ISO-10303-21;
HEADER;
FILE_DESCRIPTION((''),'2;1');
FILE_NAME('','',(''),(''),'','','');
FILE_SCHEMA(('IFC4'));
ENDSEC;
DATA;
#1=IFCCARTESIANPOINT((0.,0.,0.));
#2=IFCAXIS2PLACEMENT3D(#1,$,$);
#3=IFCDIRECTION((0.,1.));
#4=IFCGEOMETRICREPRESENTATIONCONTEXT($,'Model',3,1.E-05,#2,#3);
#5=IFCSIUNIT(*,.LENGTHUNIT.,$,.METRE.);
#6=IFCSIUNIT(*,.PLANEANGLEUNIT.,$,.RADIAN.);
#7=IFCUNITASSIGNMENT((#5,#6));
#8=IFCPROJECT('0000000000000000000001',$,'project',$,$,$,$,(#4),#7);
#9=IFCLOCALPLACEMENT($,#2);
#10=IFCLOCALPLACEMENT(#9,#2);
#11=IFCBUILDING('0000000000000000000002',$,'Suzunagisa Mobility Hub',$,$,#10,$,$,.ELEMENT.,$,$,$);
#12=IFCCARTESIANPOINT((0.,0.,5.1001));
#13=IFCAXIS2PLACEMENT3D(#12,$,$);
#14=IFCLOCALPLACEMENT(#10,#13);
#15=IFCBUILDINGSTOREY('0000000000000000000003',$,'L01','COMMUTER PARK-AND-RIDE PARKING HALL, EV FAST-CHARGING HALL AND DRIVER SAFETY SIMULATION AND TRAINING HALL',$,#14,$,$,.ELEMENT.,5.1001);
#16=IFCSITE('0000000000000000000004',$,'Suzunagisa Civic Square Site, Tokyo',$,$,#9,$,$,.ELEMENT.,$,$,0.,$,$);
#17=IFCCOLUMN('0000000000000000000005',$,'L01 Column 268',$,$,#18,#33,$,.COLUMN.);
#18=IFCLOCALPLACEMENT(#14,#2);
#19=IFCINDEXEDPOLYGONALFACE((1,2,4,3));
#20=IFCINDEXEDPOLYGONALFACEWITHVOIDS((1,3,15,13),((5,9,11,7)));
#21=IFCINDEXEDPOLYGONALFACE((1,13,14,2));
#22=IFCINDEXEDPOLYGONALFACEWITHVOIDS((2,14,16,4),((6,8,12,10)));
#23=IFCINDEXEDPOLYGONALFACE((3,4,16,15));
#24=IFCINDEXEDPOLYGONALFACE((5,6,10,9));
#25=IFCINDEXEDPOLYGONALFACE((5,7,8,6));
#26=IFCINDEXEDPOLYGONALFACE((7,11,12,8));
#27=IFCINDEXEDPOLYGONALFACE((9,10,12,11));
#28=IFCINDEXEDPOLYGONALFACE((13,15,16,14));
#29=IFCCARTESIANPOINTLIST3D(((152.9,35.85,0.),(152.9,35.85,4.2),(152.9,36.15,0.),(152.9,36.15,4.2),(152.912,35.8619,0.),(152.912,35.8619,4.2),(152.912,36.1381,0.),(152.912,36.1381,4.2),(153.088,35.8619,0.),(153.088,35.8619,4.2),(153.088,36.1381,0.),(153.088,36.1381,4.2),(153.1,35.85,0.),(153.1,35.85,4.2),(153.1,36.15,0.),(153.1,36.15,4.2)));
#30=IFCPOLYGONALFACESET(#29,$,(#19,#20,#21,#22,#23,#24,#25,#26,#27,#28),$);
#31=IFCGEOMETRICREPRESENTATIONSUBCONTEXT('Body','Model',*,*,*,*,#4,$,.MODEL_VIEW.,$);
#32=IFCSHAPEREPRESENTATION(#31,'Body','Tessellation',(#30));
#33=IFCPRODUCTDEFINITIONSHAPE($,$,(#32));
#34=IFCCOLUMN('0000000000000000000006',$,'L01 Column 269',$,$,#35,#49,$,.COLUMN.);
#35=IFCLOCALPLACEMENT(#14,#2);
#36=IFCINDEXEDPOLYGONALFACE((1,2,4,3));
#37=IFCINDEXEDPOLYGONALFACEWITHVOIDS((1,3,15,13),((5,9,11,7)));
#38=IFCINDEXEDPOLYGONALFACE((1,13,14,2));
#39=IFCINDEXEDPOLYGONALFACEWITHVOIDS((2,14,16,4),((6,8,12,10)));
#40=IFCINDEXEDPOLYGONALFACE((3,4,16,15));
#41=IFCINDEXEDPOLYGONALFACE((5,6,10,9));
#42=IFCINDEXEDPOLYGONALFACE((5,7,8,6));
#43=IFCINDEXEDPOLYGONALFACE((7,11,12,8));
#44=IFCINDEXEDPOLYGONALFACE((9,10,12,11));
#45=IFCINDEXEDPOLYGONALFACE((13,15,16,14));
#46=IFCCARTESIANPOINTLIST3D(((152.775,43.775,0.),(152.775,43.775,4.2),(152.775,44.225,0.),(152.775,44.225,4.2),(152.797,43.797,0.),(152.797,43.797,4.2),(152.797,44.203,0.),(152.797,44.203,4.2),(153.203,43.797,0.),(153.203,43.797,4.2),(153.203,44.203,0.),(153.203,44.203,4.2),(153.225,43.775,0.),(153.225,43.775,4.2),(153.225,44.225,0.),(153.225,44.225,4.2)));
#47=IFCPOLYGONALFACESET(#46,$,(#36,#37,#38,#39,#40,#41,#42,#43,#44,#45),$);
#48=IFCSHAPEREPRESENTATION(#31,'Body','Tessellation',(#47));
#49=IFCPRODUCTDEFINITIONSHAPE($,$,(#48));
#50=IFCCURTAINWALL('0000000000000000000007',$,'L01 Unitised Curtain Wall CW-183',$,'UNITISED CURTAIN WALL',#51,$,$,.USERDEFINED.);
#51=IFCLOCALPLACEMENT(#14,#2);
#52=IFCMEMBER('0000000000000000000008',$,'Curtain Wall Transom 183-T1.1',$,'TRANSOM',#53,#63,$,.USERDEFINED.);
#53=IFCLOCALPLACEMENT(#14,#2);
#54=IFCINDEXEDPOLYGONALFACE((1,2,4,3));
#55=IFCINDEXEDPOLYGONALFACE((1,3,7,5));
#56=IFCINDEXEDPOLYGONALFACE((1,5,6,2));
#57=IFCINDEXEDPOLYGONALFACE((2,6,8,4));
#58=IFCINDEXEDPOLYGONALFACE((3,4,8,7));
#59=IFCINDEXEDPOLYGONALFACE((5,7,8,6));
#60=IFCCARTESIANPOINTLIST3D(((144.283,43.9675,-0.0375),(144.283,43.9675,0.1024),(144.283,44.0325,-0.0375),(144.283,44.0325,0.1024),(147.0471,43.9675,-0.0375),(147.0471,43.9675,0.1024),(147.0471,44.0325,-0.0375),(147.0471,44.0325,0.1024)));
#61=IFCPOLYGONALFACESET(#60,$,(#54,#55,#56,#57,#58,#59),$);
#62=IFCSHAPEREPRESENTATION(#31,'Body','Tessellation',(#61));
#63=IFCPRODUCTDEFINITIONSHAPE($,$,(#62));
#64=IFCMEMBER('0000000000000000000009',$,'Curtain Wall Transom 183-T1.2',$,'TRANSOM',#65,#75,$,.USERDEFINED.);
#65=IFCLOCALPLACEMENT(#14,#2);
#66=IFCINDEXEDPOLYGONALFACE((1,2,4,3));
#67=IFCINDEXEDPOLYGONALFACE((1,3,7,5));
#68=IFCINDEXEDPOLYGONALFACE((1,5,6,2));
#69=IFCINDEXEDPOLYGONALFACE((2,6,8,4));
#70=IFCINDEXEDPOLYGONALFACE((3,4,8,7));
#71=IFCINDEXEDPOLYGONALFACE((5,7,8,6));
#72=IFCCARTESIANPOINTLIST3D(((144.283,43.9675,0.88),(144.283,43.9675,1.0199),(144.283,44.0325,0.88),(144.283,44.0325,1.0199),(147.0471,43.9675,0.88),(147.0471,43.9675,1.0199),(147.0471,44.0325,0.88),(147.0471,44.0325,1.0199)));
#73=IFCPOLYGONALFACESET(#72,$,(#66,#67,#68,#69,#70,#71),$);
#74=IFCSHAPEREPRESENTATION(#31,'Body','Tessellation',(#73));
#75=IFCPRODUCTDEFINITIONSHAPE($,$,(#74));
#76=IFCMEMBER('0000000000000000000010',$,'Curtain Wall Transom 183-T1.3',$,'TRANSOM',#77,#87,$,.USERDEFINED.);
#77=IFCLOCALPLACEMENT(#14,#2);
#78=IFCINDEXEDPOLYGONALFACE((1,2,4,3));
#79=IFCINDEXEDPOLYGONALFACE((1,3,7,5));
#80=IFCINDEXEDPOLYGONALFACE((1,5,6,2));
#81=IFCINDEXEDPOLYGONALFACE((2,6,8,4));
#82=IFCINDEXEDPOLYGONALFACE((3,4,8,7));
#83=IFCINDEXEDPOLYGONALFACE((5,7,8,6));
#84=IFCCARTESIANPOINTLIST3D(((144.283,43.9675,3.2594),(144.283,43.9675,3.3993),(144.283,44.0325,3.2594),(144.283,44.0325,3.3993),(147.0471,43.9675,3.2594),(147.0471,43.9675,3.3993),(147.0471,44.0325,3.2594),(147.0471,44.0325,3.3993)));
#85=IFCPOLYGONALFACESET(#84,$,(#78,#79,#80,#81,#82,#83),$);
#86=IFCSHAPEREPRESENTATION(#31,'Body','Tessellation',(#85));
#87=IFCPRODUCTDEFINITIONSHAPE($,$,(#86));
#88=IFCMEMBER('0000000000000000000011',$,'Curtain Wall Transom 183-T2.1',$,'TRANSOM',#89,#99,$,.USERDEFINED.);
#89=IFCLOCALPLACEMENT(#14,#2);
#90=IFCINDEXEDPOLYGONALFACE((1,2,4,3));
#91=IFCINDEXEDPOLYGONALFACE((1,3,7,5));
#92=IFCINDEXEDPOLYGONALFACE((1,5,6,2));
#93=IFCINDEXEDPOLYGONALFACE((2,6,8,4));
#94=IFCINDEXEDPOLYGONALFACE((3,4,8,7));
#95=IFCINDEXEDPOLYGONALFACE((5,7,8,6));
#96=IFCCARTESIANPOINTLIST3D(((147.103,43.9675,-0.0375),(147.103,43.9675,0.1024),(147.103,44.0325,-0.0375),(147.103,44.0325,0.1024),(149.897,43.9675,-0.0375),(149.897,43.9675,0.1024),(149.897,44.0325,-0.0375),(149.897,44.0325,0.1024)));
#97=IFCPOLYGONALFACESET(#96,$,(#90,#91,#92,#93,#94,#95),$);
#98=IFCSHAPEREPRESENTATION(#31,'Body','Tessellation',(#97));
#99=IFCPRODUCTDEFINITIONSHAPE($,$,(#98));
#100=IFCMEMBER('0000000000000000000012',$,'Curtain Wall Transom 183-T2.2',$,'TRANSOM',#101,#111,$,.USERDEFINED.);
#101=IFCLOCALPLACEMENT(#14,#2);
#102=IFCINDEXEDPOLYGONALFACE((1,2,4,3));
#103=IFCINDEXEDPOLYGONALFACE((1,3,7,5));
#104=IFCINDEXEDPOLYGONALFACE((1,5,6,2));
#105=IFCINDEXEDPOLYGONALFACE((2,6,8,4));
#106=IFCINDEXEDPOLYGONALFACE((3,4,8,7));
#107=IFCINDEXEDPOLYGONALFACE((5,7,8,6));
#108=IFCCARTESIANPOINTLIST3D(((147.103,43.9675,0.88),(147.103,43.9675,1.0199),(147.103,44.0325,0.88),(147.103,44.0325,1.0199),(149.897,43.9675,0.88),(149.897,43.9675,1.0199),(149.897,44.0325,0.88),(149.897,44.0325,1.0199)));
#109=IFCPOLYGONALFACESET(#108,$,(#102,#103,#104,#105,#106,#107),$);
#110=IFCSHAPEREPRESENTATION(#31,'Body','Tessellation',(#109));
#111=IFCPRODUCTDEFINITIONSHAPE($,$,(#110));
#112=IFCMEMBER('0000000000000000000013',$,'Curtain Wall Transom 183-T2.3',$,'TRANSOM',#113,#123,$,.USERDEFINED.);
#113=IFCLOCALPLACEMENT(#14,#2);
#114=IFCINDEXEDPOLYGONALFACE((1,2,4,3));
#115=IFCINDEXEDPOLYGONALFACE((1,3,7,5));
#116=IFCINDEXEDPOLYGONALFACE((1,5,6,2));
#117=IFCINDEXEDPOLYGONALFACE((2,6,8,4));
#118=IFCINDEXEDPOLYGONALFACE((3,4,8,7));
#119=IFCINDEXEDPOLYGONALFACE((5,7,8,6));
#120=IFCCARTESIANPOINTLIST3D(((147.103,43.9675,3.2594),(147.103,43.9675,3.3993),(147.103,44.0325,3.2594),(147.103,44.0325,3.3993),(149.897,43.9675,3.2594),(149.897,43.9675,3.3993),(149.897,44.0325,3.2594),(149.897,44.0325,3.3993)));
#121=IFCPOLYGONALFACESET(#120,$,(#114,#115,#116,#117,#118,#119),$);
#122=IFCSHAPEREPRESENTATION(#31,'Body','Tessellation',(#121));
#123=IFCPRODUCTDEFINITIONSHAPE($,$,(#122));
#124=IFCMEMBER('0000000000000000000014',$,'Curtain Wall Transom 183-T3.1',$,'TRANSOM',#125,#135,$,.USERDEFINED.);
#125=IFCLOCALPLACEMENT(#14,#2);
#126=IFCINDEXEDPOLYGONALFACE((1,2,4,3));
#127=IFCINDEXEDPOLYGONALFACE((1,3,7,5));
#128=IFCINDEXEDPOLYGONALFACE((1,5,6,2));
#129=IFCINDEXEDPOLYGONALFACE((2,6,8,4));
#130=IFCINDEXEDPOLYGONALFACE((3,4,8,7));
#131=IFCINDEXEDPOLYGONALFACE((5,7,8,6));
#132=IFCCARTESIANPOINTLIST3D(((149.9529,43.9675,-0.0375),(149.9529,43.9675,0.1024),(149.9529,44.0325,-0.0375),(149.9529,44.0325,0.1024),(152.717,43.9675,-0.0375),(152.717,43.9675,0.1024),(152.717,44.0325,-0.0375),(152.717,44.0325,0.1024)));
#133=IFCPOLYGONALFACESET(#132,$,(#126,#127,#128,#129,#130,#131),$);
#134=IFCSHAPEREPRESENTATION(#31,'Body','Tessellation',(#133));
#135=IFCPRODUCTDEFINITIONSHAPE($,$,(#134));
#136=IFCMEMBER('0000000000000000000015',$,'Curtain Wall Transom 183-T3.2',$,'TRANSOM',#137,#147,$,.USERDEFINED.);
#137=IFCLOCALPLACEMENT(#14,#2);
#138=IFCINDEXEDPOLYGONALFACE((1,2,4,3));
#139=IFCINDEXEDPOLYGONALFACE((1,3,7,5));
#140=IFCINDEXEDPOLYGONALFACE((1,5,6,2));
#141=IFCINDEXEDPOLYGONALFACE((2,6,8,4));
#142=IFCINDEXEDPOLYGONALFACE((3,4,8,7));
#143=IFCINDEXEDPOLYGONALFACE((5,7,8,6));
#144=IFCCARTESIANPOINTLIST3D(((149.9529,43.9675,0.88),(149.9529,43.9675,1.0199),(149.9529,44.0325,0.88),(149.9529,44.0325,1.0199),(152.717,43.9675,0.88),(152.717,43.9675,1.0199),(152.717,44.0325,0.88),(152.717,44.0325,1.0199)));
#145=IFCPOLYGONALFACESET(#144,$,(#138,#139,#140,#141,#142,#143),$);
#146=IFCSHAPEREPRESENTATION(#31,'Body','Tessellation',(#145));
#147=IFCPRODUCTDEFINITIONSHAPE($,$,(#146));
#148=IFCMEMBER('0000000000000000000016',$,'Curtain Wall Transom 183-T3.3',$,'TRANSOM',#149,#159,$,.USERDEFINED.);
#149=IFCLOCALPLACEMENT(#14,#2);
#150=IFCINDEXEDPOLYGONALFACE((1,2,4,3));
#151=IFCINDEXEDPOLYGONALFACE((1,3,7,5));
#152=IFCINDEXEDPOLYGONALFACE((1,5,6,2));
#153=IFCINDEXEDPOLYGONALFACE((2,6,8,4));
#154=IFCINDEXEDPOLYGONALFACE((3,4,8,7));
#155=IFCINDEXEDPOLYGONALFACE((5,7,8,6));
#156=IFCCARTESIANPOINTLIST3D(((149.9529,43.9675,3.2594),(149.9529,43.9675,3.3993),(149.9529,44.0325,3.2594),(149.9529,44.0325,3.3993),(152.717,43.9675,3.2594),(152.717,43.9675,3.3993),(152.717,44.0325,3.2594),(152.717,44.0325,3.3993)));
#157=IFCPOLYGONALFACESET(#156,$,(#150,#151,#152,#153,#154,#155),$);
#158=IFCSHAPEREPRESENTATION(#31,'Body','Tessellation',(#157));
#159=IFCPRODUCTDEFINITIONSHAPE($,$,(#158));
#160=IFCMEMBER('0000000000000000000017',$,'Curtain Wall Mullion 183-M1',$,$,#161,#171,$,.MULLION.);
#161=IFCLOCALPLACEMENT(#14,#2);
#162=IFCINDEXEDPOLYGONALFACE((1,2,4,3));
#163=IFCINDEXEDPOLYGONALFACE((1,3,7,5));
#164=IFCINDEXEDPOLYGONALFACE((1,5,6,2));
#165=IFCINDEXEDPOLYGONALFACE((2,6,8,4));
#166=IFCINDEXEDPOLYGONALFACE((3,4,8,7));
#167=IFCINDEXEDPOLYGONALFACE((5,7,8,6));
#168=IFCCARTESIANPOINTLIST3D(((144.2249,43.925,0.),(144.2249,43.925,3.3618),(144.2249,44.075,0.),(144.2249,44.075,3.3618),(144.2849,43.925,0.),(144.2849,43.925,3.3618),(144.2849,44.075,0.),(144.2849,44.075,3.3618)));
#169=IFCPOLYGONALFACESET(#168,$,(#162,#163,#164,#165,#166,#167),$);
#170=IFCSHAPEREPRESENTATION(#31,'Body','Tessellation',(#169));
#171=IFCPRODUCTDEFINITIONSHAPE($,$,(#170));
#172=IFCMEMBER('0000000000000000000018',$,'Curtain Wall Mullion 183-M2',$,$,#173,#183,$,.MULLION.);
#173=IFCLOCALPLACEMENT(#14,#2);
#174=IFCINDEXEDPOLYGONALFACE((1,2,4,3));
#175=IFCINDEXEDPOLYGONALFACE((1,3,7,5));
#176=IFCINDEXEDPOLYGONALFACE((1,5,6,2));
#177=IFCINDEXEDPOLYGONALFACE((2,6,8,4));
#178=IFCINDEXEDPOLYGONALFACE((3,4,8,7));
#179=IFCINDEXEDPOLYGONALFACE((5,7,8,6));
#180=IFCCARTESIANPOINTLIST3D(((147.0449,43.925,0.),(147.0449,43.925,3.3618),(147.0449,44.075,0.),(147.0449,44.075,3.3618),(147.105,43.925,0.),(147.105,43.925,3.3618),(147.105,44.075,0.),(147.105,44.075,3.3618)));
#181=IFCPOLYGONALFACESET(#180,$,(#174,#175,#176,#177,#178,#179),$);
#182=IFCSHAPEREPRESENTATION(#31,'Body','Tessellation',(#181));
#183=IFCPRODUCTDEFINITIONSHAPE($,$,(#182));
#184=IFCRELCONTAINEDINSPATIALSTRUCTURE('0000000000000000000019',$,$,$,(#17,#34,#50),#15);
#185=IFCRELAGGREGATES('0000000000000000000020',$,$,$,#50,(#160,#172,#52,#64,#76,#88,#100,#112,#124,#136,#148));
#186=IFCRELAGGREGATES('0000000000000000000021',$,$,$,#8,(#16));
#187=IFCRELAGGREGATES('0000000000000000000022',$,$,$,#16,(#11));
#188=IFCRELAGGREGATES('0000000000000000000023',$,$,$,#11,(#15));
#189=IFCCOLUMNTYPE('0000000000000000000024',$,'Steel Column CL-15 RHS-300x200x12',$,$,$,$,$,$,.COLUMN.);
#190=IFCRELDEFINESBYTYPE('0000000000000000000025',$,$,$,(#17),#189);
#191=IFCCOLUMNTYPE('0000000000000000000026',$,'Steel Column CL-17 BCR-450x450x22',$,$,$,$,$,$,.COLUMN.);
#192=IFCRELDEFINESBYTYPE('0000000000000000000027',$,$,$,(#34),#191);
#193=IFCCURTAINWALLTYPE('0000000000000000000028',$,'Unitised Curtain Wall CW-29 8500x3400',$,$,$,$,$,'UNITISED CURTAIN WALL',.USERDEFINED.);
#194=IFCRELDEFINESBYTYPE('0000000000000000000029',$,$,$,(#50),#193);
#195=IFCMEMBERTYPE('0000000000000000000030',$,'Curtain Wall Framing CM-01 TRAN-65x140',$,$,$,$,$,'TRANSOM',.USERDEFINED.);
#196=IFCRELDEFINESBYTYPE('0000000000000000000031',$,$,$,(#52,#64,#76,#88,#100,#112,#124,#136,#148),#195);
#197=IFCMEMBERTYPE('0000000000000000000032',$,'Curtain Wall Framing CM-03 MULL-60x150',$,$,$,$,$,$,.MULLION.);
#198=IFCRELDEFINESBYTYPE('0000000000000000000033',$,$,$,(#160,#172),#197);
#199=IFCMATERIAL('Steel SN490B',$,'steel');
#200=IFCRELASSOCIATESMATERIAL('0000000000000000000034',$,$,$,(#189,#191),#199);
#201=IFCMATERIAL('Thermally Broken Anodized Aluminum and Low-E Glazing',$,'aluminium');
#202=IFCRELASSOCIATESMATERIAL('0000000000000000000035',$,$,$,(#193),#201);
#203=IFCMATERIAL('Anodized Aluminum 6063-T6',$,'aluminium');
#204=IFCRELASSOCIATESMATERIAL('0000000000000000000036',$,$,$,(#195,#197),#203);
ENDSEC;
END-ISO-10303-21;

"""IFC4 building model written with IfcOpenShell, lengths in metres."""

from ifc_helpers import new_model, si_unit, direction, frame, origin, origin_2d, place, context, subcontext, project, spatial, rectangle, hollow_rectangle, extrude, material, material_profile, profile_set, type_object, element, aggregate, save


model = new_model("IFC4")

# Units and contexts
model_context = context("Model", 3, precision=1e-05, world=origin(), true_north=direction((0.0, 1.0)))
body_context = subcontext(model_context, "Body", "Model", "MODEL_VIEW")
ifc_project = project(units=[si_unit("LENGTHUNIT", "METRE"), si_unit("PLANEANGLEUNIT", "RADIAN")], contexts=[model_context])

# Site, building, storey
site_placement = place(None, origin())
site = spatial("IfcSite", under=ifc_project, at=site_placement, Name="Suzunagisa Civic Square Site, Tokyo", CompositionType="ELEMENT", RefElevation=0.0)
building_placement = place(site_placement, origin())
building = spatial("IfcBuilding", under=site, at=building_placement, Name="Suzunagisa Mobility Hub", CompositionType="ELEMENT")
storey_placement = place(building_placement, frame((0.0, 0.0, 5.1001)))
storey = spatial("IfcBuildingStorey", under=building, at=storey_placement, Name="L01", Description="COMMUTER PARK-AND-RIDE PARKING HALL, EV FAST-CHARGING HALL AND DRIVER SAFETY SIMULATION AND TRAINING HALL", CompositionType="ELEMENT", Elevation=5.1001)

# Columns
ifc_material_1 = material(Name="Steel SN490B", Category="steel")
ifc_material_profile_1 = material_profile(ifc_material_1, hollow_rectangle(XDim=0.2, YDim=0.3, WallThickness=0.012, at=origin_2d()), Name="RHS-300x200x12")
ifc_profile_set_1 = profile_set([ifc_material_profile_1], Name="Steel SN490B")
column_type_1 = type_object("IfcColumnType", Name="Steel Column CL-15 RHS-300x200x12", PredefinedType="COLUMN", material=ifc_profile_set_1)
column_1_placement = place(storey_placement, frame((153.0, 36.0, 0.0), z_axis=(0.0, 0.0, 1.0), x_axis=(1.0, 0.0, 0.0)))
element("IfcColumn", 1, at=column_1_placement, inside=storey, type_object=column_type_1, Name="L01 Column 268", PredefinedType="COLUMN", context=body_context, shape_type="SweptSolid", body=[
    extrude(hollow_rectangle(XDim=0.2, YDim=0.3, WallThickness=0.012, at=origin_2d()), origin(), (0.0, 0.0, 1.0), 4.2),
])
ifc_material_profile_2 = material_profile(ifc_material_1, hollow_rectangle(XDim=0.45, YDim=0.45, WallThickness=0.022, at=origin_2d()), Name="BCR-450x450x22")
ifc_profile_set_2 = profile_set([ifc_material_profile_2], Name="Steel SN490B")
column_type_2 = type_object("IfcColumnType", Name="Steel Column CL-17 BCR-450x450x22", PredefinedType="COLUMN", material=ifc_profile_set_2)
column_2_placement = place(storey_placement, frame((153.0, 44.0, 0.0), z_axis=(0.0, 0.0, 1.0), x_axis=(1.0, 0.0, 0.0)))
element("IfcColumn", 2, at=column_2_placement, inside=storey, type_object=column_type_2, Name="L01 Column 269", PredefinedType="COLUMN", context=body_context, shape_type="SweptSolid", body=[
    extrude(hollow_rectangle(XDim=0.45, YDim=0.45, WallThickness=0.022, at=origin_2d()), origin(), (0.0, 0.0, 1.0), 4.2),
])

# Curtain wall, members
ifc_material_2 = material(Name="Thermally Broken Anodized Aluminum and Low-E Glazing", Category="aluminium")
curtain_wall_type = type_object("IfcCurtainWallType", Name="Unitised Curtain Wall CW-29 8500x3400", ElementType="UNITISED CURTAIN WALL", PredefinedType="USERDEFINED", material=ifc_material_2)
curtain_wall_placement = place(storey_placement, origin())
curtain_wall = element("IfcCurtainWall", 3, at=curtain_wall_placement, inside=storey, type_object=curtain_wall_type, Name="L01 Unitised Curtain Wall CW-183", ObjectType="UNITISED CURTAIN WALL", PredefinedType="USERDEFINED")
ifc_material_3 = material(Name="Anodized Aluminum 6063-T6", Category="aluminium")
ifc_material_profile_3 = material_profile(ifc_material_3, rectangle(XDim=0.0649, YDim=0.1399, at=origin_2d()), Name="TRAN-65x140")
ifc_profile_set_3 = profile_set([ifc_material_profile_3], Name="Anodized Aluminum 6063-T6")
member_type_1 = type_object("IfcMemberType", Name="Curtain Wall Framing CM-01 TRAN-65x140", ElementType="TRANSOM", PredefinedType="USERDEFINED", material=ifc_profile_set_3)
member_1_placement = place(storey_placement, frame((144.283, 44.0, 0.0325), z_axis=(1.0, 0.0, 0.0), x_axis=(0.0, 1.0, 0.0)))
member_1 = element("IfcMember", 4, at=member_1_placement, type_object=member_type_1, Name="Curtain Wall Transom 183-T1.1", ObjectType="TRANSOM", PredefinedType="USERDEFINED", context=body_context, shape_type="SweptSolid", body=[
    extrude(rectangle(XDim=0.0649, YDim=0.1399, at=origin_2d()), origin(), (0.0, 0.0, 1.0), 2.7642),
])
member_2_placement = place(storey_placement, frame((144.283, 44.0, 0.95), z_axis=(1.0, 0.0, 0.0), x_axis=(0.0, 1.0, 0.0)))
member_2 = element("IfcMember", 5, at=member_2_placement, type_object=member_type_1, Name="Curtain Wall Transom 183-T1.2", ObjectType="TRANSOM", PredefinedType="USERDEFINED", context=body_context, shape_type="SweptSolid", body=[
    extrude(rectangle(XDim=0.0649, YDim=0.1399, at=origin_2d()), origin(), (0.0, 0.0, 1.0), 2.7642),
])
member_3_placement = place(storey_placement, frame((144.283, 44.0, 3.3293), z_axis=(1.0, 0.0, 0.0), x_axis=(0.0, 1.0, 0.0)))
member_3 = element("IfcMember", 6, at=member_3_placement, type_object=member_type_1, Name="Curtain Wall Transom 183-T1.3", ObjectType="TRANSOM", PredefinedType="USERDEFINED", context=body_context, shape_type="SweptSolid", body=[
    extrude(rectangle(XDim=0.0649, YDim=0.1399, at=origin_2d()), origin(), (0.0, 0.0, 1.0), 2.7642),
])
member_4_placement = place(storey_placement, frame((147.103, 44.0, 0.0325), z_axis=(1.0, 0.0, 0.0), x_axis=(0.0, 1.0, 0.0)))
member_4 = element("IfcMember", 7, at=member_4_placement, type_object=member_type_1, Name="Curtain Wall Transom 183-T2.1", ObjectType="TRANSOM", PredefinedType="USERDEFINED", context=body_context, shape_type="SweptSolid", body=[
    extrude(rectangle(XDim=0.0649, YDim=0.1399, at=origin_2d()), origin(), (0.0, 0.0, 1.0), 2.7939),
])
member_5_placement = place(storey_placement, frame((147.103, 44.0, 0.95), z_axis=(1.0, 0.0, 0.0), x_axis=(0.0, 1.0, 0.0)))
member_5 = element("IfcMember", 8, at=member_5_placement, type_object=member_type_1, Name="Curtain Wall Transom 183-T2.2", ObjectType="TRANSOM", PredefinedType="USERDEFINED", context=body_context, shape_type="SweptSolid", body=[
    extrude(rectangle(XDim=0.0649, YDim=0.1399, at=origin_2d()), origin(), (0.0, 0.0, 1.0), 2.7939),
])
member_6_placement = place(storey_placement, frame((147.103, 44.0, 3.3293), z_axis=(1.0, 0.0, 0.0), x_axis=(0.0, 1.0, 0.0)))
member_6 = element("IfcMember", 9, at=member_6_placement, type_object=member_type_1, Name="Curtain Wall Transom 183-T2.3", ObjectType="TRANSOM", PredefinedType="USERDEFINED", context=body_context, shape_type="SweptSolid", body=[
    extrude(rectangle(XDim=0.0649, YDim=0.1399, at=origin_2d()), origin(), (0.0, 0.0, 1.0), 2.7939),
])
member_7_placement = place(storey_placement, frame((149.9529, 44.0, 0.0325), z_axis=(1.0, 0.0, 0.0), x_axis=(0.0, 1.0, 0.0)))
member_7 = element("IfcMember", 10, at=member_7_placement, type_object=member_type_1, Name="Curtain Wall Transom 183-T3.1", ObjectType="TRANSOM", PredefinedType="USERDEFINED", context=body_context, shape_type="SweptSolid", body=[
    extrude(rectangle(XDim=0.0649, YDim=0.1399, at=origin_2d()), origin(), (0.0, 0.0, 1.0), 2.7642),
])
member_8_placement = place(storey_placement, frame((149.9529, 44.0, 0.95), z_axis=(1.0, 0.0, 0.0), x_axis=(0.0, 1.0, 0.0)))
member_8 = element("IfcMember", 11, at=member_8_placement, type_object=member_type_1, Name="Curtain Wall Transom 183-T3.2", ObjectType="TRANSOM", PredefinedType="USERDEFINED", context=body_context, shape_type="SweptSolid", body=[
    extrude(rectangle(XDim=0.0649, YDim=0.1399, at=origin_2d()), origin(), (0.0, 0.0, 1.0), 2.7642),
])
member_9_placement = place(storey_placement, frame((149.9529, 44.0, 3.3293), z_axis=(1.0, 0.0, 0.0), x_axis=(0.0, 1.0, 0.0)))
member_9 = element("IfcMember", 12, at=member_9_placement, type_object=member_type_1, Name="Curtain Wall Transom 183-T3.3", ObjectType="TRANSOM", PredefinedType="USERDEFINED", context=body_context, shape_type="SweptSolid", body=[
    extrude(rectangle(XDim=0.0649, YDim=0.1399, at=origin_2d()), origin(), (0.0, 0.0, 1.0), 2.7642),
])
ifc_material_profile_4 = material_profile(ifc_material_3, rectangle(XDim=0.0601, YDim=0.1499, at=origin_2d()), Name="MULL-60x150")
ifc_profile_set_4 = profile_set([ifc_material_profile_4], Name="Anodized Aluminum 6063-T6")
member_type_2 = type_object("IfcMemberType", Name="Curtain Wall Framing CM-03 MULL-60x150", PredefinedType="MULLION", material=ifc_profile_set_4)
member_10_placement = place(storey_placement, frame((144.2549, 44.0, 0.0), z_axis=(0.0, 0.0, 1.0), x_axis=(1.0, 0.0, 0.0)))
member_10 = element("IfcMember", 13, at=member_10_placement, type_object=member_type_2, Name="Curtain Wall Mullion 183-M1", PredefinedType="MULLION", context=body_context, shape_type="SweptSolid", body=[
    extrude(rectangle(XDim=0.0601, YDim=0.1499, at=origin_2d()), origin(), (0.0, 0.0, 1.0), 3.3618),
])
member_11_placement = place(storey_placement, frame((147.075, 44.0, 0.0), z_axis=(0.0, 0.0, 1.0), x_axis=(1.0, 0.0, 0.0)))
member_11 = element("IfcMember", 14, at=member_11_placement, type_object=member_type_2, Name="Curtain Wall Mullion 183-M2", PredefinedType="MULLION", context=body_context, shape_type="SweptSolid", body=[
    extrude(rectangle(XDim=0.0601, YDim=0.1499, at=origin_2d()), origin(), (0.0, 0.0, 1.0), 3.3618),
])

aggregate(curtain_wall, [member_10, member_11, member_1, member_2, member_3, member_4, member_5, member_6, member_7, member_8, member_9])

save(model, "model.ifc")
